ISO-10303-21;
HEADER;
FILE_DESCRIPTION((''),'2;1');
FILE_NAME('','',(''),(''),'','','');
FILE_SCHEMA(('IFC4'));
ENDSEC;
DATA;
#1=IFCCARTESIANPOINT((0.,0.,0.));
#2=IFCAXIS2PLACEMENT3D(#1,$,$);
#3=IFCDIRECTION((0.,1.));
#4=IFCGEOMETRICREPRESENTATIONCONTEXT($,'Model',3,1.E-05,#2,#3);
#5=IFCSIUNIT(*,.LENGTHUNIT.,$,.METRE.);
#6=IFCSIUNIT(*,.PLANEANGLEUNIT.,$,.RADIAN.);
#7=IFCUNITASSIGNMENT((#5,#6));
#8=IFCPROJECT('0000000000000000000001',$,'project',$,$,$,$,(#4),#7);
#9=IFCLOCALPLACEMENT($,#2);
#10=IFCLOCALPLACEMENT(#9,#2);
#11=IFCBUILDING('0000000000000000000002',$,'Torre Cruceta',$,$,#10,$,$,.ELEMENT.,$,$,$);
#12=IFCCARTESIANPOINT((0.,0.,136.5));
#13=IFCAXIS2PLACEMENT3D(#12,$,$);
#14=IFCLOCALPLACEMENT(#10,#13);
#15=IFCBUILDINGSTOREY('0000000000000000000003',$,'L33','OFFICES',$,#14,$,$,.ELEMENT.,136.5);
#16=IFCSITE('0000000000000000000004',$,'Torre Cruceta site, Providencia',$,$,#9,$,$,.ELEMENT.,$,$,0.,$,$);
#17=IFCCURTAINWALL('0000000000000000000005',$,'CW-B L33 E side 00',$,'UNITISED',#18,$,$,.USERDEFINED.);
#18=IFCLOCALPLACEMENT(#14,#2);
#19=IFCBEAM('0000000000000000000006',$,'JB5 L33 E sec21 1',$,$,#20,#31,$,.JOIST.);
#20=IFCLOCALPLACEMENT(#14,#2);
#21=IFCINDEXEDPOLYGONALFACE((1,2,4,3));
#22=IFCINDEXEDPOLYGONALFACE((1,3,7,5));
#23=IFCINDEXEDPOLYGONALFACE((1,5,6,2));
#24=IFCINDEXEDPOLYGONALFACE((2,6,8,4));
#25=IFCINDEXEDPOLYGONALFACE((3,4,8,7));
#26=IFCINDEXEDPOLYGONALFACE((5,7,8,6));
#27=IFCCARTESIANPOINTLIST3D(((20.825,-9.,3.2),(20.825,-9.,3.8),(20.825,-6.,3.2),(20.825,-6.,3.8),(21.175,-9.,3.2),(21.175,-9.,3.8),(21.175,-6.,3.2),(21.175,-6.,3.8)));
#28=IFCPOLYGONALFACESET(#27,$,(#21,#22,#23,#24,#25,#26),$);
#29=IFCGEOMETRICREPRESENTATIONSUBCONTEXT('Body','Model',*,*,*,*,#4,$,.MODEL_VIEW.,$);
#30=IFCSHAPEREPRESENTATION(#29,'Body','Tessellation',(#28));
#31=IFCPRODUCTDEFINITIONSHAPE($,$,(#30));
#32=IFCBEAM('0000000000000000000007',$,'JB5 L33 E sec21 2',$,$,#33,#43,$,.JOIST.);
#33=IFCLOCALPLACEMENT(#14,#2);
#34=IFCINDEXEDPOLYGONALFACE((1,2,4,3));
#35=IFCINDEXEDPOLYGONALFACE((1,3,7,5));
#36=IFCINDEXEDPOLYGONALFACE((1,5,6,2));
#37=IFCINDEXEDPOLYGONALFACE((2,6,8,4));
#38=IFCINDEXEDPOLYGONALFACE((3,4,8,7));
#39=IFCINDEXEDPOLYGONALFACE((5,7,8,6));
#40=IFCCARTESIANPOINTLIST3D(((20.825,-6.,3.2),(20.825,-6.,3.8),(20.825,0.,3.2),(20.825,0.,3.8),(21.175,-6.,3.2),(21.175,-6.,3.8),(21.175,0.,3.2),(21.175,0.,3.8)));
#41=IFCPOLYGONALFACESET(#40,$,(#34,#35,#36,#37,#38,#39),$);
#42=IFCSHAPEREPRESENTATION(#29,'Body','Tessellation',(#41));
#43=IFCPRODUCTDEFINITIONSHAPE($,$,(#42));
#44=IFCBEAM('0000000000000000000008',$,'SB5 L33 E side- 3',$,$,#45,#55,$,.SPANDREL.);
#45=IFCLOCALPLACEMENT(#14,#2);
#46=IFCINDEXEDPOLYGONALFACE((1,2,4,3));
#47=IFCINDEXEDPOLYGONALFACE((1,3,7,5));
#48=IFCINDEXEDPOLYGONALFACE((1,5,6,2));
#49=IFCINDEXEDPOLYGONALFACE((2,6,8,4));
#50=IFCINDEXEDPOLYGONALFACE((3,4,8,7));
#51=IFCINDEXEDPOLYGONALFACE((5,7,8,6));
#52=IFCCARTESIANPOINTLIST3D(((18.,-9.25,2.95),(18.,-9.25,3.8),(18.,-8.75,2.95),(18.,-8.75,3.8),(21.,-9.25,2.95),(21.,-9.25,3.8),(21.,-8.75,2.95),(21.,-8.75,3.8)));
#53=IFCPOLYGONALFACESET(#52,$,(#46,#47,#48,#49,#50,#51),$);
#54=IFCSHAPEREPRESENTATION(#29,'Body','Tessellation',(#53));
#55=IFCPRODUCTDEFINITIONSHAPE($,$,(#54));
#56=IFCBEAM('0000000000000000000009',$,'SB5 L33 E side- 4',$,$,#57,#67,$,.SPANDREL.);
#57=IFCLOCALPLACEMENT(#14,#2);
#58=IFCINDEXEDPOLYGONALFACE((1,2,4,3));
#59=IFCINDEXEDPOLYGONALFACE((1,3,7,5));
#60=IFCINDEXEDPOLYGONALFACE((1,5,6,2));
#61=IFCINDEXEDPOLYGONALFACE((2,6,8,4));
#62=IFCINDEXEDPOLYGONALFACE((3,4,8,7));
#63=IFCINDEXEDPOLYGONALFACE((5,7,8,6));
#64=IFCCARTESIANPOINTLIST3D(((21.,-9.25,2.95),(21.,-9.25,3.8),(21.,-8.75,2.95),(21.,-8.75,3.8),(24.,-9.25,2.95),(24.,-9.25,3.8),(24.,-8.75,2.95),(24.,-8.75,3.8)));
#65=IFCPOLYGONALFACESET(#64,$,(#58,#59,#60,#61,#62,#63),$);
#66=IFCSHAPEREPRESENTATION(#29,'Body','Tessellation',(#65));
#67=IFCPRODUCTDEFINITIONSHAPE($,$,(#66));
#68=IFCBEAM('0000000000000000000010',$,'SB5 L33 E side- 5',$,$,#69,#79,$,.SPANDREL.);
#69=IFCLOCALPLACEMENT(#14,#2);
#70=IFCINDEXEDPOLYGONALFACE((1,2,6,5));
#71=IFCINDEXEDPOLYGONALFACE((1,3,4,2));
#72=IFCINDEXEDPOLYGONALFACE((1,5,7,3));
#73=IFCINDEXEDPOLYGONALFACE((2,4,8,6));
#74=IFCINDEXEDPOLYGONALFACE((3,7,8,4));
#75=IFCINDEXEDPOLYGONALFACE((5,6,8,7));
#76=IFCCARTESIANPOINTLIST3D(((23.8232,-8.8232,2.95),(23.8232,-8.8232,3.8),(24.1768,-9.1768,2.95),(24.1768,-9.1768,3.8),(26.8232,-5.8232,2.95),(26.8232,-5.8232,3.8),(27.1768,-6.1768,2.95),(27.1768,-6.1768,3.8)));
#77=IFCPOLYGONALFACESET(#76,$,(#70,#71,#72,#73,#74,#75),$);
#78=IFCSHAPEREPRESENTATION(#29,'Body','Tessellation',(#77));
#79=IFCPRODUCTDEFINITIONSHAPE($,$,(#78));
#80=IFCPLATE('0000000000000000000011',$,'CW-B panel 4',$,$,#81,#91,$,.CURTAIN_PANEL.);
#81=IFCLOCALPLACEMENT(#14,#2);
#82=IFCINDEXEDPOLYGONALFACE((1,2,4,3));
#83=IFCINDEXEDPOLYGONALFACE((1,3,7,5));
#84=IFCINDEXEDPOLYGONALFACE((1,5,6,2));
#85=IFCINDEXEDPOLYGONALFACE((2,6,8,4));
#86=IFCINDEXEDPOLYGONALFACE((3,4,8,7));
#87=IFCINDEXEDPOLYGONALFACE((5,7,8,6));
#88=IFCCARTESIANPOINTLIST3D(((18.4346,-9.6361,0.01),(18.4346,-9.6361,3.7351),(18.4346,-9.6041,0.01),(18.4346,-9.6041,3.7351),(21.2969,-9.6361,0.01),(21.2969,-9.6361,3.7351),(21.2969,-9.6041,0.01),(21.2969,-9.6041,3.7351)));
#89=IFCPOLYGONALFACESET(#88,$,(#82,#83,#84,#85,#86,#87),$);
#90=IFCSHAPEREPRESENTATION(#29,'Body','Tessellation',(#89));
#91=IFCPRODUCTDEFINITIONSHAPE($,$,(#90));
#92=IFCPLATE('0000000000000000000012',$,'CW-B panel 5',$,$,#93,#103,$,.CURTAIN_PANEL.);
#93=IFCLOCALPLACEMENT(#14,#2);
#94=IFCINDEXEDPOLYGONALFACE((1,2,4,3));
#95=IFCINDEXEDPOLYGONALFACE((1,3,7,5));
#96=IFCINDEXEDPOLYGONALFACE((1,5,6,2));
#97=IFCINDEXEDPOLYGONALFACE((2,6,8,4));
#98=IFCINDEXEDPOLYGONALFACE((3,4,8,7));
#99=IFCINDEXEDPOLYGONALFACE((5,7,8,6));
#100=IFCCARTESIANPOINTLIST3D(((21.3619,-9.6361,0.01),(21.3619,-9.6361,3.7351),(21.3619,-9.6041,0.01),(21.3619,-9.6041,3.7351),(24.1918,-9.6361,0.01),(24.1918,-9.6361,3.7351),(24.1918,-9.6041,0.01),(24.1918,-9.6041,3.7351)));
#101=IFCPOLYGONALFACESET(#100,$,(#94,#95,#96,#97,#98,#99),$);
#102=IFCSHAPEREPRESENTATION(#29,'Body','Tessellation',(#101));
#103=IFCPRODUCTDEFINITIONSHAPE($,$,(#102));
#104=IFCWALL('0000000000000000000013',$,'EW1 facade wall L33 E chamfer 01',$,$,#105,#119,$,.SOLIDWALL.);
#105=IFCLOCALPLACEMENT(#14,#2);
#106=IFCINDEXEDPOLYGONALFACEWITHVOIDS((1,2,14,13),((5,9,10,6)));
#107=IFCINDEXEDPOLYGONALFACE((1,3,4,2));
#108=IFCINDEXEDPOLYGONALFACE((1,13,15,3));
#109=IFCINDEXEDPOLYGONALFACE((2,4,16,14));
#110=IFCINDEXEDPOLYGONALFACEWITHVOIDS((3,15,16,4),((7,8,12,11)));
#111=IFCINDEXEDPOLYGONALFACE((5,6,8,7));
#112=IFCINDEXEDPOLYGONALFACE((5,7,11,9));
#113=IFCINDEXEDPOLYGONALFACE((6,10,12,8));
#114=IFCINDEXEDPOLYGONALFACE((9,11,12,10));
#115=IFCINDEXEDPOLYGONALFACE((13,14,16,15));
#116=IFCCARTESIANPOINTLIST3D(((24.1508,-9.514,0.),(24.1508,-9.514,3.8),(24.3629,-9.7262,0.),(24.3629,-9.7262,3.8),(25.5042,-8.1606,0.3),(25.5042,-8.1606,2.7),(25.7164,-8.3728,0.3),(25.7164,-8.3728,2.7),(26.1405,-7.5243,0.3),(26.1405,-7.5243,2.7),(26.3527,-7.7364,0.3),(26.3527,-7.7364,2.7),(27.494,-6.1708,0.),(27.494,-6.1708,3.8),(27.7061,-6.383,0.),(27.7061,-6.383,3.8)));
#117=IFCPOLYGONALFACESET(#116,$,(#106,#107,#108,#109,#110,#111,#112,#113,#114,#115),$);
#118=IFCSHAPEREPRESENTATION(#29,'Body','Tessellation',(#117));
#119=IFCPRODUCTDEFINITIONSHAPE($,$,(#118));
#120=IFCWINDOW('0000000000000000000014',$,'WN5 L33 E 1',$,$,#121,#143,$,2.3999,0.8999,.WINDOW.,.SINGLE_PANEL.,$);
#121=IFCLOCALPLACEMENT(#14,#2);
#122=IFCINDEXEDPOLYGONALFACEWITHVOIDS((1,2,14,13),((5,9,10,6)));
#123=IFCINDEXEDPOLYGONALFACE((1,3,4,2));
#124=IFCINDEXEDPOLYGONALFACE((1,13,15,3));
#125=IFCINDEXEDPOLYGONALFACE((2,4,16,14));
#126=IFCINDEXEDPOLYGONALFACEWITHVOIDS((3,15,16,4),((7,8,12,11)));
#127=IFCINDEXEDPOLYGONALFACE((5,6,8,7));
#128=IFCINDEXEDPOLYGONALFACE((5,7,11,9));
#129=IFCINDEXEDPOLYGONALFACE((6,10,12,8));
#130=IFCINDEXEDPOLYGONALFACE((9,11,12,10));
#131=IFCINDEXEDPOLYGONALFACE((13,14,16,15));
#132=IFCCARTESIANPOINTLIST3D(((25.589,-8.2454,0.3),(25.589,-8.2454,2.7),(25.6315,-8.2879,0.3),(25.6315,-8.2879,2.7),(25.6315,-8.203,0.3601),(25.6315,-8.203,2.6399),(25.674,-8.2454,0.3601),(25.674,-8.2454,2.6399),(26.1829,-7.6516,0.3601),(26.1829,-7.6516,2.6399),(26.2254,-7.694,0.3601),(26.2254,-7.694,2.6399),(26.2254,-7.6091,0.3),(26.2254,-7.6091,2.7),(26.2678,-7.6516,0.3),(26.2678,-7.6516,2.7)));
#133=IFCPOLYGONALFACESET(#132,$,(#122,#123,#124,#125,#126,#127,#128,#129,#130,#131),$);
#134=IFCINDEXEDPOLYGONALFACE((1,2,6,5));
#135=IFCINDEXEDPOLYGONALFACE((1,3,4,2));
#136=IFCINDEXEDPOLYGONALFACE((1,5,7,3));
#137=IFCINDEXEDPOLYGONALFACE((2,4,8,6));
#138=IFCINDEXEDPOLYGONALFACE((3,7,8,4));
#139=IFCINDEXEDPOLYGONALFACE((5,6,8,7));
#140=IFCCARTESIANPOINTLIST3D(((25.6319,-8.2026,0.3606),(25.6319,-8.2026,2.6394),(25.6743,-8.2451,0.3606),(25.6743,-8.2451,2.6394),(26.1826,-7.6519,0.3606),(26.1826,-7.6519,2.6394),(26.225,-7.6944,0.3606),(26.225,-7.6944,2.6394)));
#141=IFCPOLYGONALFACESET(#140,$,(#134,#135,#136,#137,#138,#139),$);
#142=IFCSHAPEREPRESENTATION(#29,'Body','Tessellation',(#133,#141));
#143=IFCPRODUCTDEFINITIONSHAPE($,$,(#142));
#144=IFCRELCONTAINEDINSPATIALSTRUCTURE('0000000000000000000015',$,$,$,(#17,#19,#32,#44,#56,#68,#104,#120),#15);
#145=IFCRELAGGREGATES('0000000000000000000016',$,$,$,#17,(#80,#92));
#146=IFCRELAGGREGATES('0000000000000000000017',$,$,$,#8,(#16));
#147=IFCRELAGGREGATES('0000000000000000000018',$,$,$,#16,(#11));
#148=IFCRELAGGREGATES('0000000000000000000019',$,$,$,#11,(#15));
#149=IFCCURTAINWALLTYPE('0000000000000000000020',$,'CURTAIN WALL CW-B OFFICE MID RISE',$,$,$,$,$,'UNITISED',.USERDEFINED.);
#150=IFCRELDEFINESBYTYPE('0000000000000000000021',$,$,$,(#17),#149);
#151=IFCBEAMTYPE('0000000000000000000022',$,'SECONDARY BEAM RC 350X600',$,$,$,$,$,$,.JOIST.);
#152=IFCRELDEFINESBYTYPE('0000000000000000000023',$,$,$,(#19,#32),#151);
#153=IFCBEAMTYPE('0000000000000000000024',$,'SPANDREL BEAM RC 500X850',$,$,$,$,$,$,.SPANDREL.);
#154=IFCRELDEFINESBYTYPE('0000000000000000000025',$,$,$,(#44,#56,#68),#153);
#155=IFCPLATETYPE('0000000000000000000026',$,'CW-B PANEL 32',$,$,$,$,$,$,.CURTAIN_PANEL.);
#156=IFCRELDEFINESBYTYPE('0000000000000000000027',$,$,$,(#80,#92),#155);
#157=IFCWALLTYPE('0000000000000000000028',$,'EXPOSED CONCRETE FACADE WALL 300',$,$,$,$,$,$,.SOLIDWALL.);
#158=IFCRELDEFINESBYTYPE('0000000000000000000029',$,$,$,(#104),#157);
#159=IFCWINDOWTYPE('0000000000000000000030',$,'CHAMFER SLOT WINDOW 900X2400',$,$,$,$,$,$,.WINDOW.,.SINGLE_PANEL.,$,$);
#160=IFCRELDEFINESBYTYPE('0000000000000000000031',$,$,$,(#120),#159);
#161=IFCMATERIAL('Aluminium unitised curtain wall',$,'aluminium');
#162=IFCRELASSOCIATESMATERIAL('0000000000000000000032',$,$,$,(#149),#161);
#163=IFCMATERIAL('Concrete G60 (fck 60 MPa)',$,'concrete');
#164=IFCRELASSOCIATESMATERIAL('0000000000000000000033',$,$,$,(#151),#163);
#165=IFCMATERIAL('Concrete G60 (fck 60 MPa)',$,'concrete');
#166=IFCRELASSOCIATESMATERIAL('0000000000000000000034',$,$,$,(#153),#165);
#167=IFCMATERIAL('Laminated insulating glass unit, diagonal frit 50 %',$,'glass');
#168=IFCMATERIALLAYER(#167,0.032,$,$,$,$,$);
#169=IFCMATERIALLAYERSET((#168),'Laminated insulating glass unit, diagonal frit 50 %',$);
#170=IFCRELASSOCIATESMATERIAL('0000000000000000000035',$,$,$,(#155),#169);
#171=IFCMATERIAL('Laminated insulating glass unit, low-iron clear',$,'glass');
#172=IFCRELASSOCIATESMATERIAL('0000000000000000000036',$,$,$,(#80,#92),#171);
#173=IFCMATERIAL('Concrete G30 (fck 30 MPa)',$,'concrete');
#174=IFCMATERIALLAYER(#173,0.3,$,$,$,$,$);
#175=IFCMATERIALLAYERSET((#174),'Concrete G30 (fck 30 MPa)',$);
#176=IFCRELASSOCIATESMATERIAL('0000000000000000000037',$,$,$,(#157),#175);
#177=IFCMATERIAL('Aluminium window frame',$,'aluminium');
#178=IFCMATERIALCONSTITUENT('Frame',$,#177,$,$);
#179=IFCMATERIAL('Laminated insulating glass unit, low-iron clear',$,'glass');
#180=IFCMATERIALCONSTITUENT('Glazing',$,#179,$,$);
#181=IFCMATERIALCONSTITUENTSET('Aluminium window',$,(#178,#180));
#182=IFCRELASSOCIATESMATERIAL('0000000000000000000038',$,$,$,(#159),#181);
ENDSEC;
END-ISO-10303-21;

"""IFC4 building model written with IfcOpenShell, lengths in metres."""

from ifc_helpers import new_model, si_unit, direction, frame, frame_2d, origin, origin_2d, place, context, subcontext, project, spatial, rectangle, hollow_rectangle, extrude, material, layer, layer_set, constituent, constituent_set, material_profile, profile_set, type_object, element, fill, aggregate, save


model = new_model("IFC4")

# Units and contexts
model_context = context("Model", 3, precision=1e-05, world=origin(), true_north=direction((0.0, 1.0)))
body_context = subcontext(model_context, "Body", "Model", "MODEL_VIEW")
ifc_project = project(units=[si_unit("LENGTHUNIT", "METRE"), si_unit("PLANEANGLEUNIT", "RADIAN")], contexts=[model_context])

# Site, building, storey
site_placement = place(None, origin())
site = spatial("IfcSite", under=ifc_project, at=site_placement, Name="Torre Cruceta site, Providencia", CompositionType="ELEMENT", RefElevation=0.0)
building_placement = place(site_placement, origin())
building = spatial("IfcBuilding", under=site, at=building_placement, Name="Torre Cruceta", CompositionType="ELEMENT")
storey_placement = place(building_placement, frame((0.0, 0.0, 136.5)))
storey = spatial("IfcBuildingStorey", under=building, at=storey_placement, Name="L33", Description="OFFICES", CompositionType="ELEMENT", Elevation=136.5)

# Curtain wall
ifc_material_1 = material(Name="Aluminium unitised curtain wall", Category="aluminium")
curtain_wall_type = type_object("IfcCurtainWallType", Name="CURTAIN WALL CW-B OFFICE MID RISE", ElementType="UNITISED", PredefinedType="USERDEFINED", material=ifc_material_1)
curtain_wall_placement = place(storey_placement, origin())
curtain_wall = element("IfcCurtainWall", 1, at=curtain_wall_placement, inside=storey, type_object=curtain_wall_type, Name="CW-B L33 E side 00", ObjectType="UNITISED", PredefinedType="USERDEFINED")

# Beams
ifc_material_2 = material(Name="Concrete G60 (fck 60 MPa)", Category="concrete")
ifc_material_profile_1 = material_profile(ifc_material_2, rectangle(XDim=0.3501, YDim=0.6001, at=origin_2d()), Name="RC 350X600")
ifc_profile_set_1 = profile_set([ifc_material_profile_1], Name="Concrete G60 (fck 60 MPa)")
beam_type_1 = type_object("IfcBeamType", Name="SECONDARY BEAM RC 350X600", PredefinedType="JOIST", material=ifc_profile_set_1)
beam_1_placement = place(storey_placement, frame((21.0, -9.0, 3.5), z_axis=(0.0, 1.0, 0.0), x_axis=(-1.0, 0.0, 0.0)))
element("IfcBeam", 2, at=beam_1_placement, inside=storey, type_object=beam_type_1, Name="JB5 L33 E sec21 1", PredefinedType="JOIST", context=body_context, shape_type="SweptSolid", body=[
    extrude(rectangle(XDim=0.3501, YDim=0.6001, at=origin_2d()), origin(), (0.0, 0.0, 1.0), 3.0),
])
beam_2_placement = place(storey_placement, frame((21.0, -6.0, 3.5), z_axis=(0.0, 1.0, 0.0), x_axis=(-1.0, 0.0, 0.0)))
element("IfcBeam", 3, at=beam_2_placement, inside=storey, type_object=beam_type_1, Name="JB5 L33 E sec21 2", PredefinedType="JOIST", context=body_context, shape_type="SweptSolid", body=[
    extrude(rectangle(XDim=0.3501, YDim=0.6001, at=origin_2d()), origin(), (0.0, 0.0, 1.0), 6.0),
])
ifc_material_3 = material(Name="Concrete G60 (fck 60 MPa)", Category="concrete")
ifc_material_profile_2 = material_profile(ifc_material_3, rectangle(XDim=0.5, YDim=0.8501, at=origin_2d()), Name="RC 500X850")
ifc_profile_set_2 = profile_set([ifc_material_profile_2], Name="Concrete G60 (fck 60 MPa)")
beam_type_2 = type_object("IfcBeamType", Name="SPANDREL BEAM RC 500X850", PredefinedType="SPANDREL", material=ifc_profile_set_2)
for number, where, z_axis, x_axis, name in (
    (4, (18.0, -9.0, 3.375), (1.0, 0.0, 0.0), (0.0, 1.0, 0.0), "SB5 L33 E side- 3"),
    (5, (21.0, -9.0, 3.375), (1.0, 0.0, 0.0), (0.0, 1.0, 0.0), "SB5 L33 E side- 4"),
):
    element("IfcBeam", number, at=place(storey_placement, frame(where, z_axis=z_axis, x_axis=x_axis)), inside=storey, type_object=beam_type_2, Name=name, PredefinedType="SPANDREL", context=body_context, shape_type="SweptSolid", body=[
        extrude(rectangle(XDim=0.5, YDim=0.8501, at=origin_2d()), origin(), (0.0, 0.0, 1.0), 3.0),
    ])
beam_3_placement = place(storey_placement, frame((24.0, -9.0, 3.375), z_axis=(0.707107, 0.707107, 0.0), x_axis=(-0.707107, 0.707107, 0.0)))
element("IfcBeam", 6, at=beam_3_placement, inside=storey, type_object=beam_type_2, Name="SB5 L33 E side- 5", PredefinedType="SPANDREL", context=body_context, shape_type="SweptSolid", body=[
    extrude(rectangle(XDim=0.5, YDim=0.8501, at=origin_2d()), origin(), (0.0, 0.0, 1.0), 4.2427),
])

# Plates
ifc_material_4 = material(Name="Laminated insulating glass unit, low-iron clear", Category="glass")
ifc_material_5 = material(Name="Laminated insulating glass unit, diagonal frit 50 %", Category="glass")
ifc_layer_1 = layer(ifc_material_5, 0.032)
ifc_layer_set_1 = layer_set([ifc_layer_1], Name="Laminated insulating glass unit, diagonal frit 50 %")
plate_type = type_object("IfcPlateType", Name="CW-B PANEL 32", PredefinedType="CURTAIN_PANEL", material=ifc_layer_set_1)
plate_1_placement = place(storey_placement, frame((19.8657, -9.6201, 0.01), z_axis=(0.0, 0.0, 1.0), x_axis=(1.0, 0.0, 0.0)))
plate_1 = element("IfcPlate", 7, at=plate_1_placement, type_object=plate_type, material=ifc_material_4, Name="CW-B panel 4", PredefinedType="CURTAIN_PANEL", context=body_context, shape_type="SweptSolid", body=[
    extrude(rectangle(XDim=2.8623, YDim=0.032, at=origin_2d()), origin(), (0.0, 0.0, 1.0), 3.7251),
])
plate_2_placement = place(storey_placement, frame((22.7769, -9.6201, 0.01), z_axis=(0.0, 0.0, 1.0), x_axis=(1.0, 0.0, 0.0)))
plate_2 = element("IfcPlate", 8, at=plate_2_placement, type_object=plate_type, material=ifc_material_4, Name="CW-B panel 5", PredefinedType="CURTAIN_PANEL", context=body_context, shape_type="SweptSolid", body=[
    extrude(rectangle(XDim=2.8298, YDim=0.032, at=origin_2d()), origin(), (0.0, 0.0, 1.0), 3.7251),
])
aggregate(curtain_wall, [plate_1, plate_2])

# Wall, opening, window
ifc_material_6 = material(Name="Concrete G30 (fck 30 MPa)", Category="concrete")
ifc_layer_2 = layer(ifc_material_6, 0.3)
ifc_layer_set_2 = layer_set([ifc_layer_2], Name="Concrete G30 (fck 30 MPa)")
wall_type_1 = type_object("IfcWallType", Name="EXPOSED CONCRETE FACADE WALL 300", PredefinedType="SOLIDWALL", material=ifc_layer_set_2)
wall_1_placement = place(storey_placement, frame((24.2568, -9.6201, 0.0), z_axis=(0.0, 0.0, 1.0), x_axis=(0.707107, 0.707107, 0.0)))
wall_1 = element("IfcWall", 9, at=wall_1_placement, inside=storey, type_object=wall_type_1, Name="EW1 facade wall L33 E chamfer 01", PredefinedType="SOLIDWALL", context=body_context, shape_type="SweptSolid", body=[
    extrude(rectangle(XDim=4.728, YDim=0.3, at=frame_2d((2.364, 0.0))), origin(), (0.0, 0.0, 1.0), 3.8),
])
opening_1_placement = place(wall_1_placement, frame((1.9141, 0.0, 0.3)))
opening_1 = element("IfcOpeningElement", 10, at=opening_1_placement, cuts=wall_1, PredefinedType="OPENING", context=body_context, shape_type="SweptSolid", body=[
    extrude(rectangle(XDim=0.8999, YDim=2.3999, at=frame_2d((0.45, 1.2))), frame((0.0, 0.1599, 0.0), z_axis=(0.0, -1.0, 0.0), x_axis=(1.0, 0.0, 0.0)), (0.0, 0.0, 1.0), 0.3201),
])
ifc_material_7 = material(Name="Aluminium window frame", Category="aluminium")
ifc_constituent_1 = constituent(ifc_material_7, Name="Frame")
ifc_material_8 = material(Name="Laminated insulating glass unit, low-iron clear", Category="glass")
ifc_constituent_2 = constituent(ifc_material_8, Name="Glazing")
ifc_constituent_set_1 = constituent_set(constituents=[ifc_constituent_1, ifc_constituent_2], Name="Aluminium window")
window_type_1 = type_object("IfcWindowType", Name="CHAMFER SLOT WINDOW 900X2400", PartitioningType="SINGLE_PANEL", PredefinedType="WINDOW", material=ifc_constituent_set_1)
window_1_placement = place(opening_1_placement, origin())
window_1 = element("IfcWindow", 11, at=window_1_placement, inside=storey, type_object=window_type_1, Name="WN5 L33 E 1", OverallHeight=2.3999, OverallWidth=0.8999, PartitioningType="SINGLE_PANEL", PredefinedType="WINDOW", context=body_context, shape_type="SweptSolid", body=[
    extrude(hollow_rectangle(XDim=0.8999, YDim=2.3999, WallThickness=0.0601, at=frame_2d((0.45, 1.2))), frame((0.0, 0.03, 0.0), z_axis=(0.0, -1.0, 0.0), x_axis=(1.0, 0.0, 0.0)), (0.0, 0.0, 1.0), 0.0601),
    extrude(rectangle(XDim=0.7788, YDim=2.2788, at=frame_2d((0.45, 1.2))), frame((0.0, 0.03, 0.0), z_axis=(0.0, -1.0, 0.0), x_axis=(1.0, 0.0, 0.0)), (0.0, 0.0, 1.0), 0.0601),
])
fill(opening_1, window_1)

save(model, "model.ifc")
